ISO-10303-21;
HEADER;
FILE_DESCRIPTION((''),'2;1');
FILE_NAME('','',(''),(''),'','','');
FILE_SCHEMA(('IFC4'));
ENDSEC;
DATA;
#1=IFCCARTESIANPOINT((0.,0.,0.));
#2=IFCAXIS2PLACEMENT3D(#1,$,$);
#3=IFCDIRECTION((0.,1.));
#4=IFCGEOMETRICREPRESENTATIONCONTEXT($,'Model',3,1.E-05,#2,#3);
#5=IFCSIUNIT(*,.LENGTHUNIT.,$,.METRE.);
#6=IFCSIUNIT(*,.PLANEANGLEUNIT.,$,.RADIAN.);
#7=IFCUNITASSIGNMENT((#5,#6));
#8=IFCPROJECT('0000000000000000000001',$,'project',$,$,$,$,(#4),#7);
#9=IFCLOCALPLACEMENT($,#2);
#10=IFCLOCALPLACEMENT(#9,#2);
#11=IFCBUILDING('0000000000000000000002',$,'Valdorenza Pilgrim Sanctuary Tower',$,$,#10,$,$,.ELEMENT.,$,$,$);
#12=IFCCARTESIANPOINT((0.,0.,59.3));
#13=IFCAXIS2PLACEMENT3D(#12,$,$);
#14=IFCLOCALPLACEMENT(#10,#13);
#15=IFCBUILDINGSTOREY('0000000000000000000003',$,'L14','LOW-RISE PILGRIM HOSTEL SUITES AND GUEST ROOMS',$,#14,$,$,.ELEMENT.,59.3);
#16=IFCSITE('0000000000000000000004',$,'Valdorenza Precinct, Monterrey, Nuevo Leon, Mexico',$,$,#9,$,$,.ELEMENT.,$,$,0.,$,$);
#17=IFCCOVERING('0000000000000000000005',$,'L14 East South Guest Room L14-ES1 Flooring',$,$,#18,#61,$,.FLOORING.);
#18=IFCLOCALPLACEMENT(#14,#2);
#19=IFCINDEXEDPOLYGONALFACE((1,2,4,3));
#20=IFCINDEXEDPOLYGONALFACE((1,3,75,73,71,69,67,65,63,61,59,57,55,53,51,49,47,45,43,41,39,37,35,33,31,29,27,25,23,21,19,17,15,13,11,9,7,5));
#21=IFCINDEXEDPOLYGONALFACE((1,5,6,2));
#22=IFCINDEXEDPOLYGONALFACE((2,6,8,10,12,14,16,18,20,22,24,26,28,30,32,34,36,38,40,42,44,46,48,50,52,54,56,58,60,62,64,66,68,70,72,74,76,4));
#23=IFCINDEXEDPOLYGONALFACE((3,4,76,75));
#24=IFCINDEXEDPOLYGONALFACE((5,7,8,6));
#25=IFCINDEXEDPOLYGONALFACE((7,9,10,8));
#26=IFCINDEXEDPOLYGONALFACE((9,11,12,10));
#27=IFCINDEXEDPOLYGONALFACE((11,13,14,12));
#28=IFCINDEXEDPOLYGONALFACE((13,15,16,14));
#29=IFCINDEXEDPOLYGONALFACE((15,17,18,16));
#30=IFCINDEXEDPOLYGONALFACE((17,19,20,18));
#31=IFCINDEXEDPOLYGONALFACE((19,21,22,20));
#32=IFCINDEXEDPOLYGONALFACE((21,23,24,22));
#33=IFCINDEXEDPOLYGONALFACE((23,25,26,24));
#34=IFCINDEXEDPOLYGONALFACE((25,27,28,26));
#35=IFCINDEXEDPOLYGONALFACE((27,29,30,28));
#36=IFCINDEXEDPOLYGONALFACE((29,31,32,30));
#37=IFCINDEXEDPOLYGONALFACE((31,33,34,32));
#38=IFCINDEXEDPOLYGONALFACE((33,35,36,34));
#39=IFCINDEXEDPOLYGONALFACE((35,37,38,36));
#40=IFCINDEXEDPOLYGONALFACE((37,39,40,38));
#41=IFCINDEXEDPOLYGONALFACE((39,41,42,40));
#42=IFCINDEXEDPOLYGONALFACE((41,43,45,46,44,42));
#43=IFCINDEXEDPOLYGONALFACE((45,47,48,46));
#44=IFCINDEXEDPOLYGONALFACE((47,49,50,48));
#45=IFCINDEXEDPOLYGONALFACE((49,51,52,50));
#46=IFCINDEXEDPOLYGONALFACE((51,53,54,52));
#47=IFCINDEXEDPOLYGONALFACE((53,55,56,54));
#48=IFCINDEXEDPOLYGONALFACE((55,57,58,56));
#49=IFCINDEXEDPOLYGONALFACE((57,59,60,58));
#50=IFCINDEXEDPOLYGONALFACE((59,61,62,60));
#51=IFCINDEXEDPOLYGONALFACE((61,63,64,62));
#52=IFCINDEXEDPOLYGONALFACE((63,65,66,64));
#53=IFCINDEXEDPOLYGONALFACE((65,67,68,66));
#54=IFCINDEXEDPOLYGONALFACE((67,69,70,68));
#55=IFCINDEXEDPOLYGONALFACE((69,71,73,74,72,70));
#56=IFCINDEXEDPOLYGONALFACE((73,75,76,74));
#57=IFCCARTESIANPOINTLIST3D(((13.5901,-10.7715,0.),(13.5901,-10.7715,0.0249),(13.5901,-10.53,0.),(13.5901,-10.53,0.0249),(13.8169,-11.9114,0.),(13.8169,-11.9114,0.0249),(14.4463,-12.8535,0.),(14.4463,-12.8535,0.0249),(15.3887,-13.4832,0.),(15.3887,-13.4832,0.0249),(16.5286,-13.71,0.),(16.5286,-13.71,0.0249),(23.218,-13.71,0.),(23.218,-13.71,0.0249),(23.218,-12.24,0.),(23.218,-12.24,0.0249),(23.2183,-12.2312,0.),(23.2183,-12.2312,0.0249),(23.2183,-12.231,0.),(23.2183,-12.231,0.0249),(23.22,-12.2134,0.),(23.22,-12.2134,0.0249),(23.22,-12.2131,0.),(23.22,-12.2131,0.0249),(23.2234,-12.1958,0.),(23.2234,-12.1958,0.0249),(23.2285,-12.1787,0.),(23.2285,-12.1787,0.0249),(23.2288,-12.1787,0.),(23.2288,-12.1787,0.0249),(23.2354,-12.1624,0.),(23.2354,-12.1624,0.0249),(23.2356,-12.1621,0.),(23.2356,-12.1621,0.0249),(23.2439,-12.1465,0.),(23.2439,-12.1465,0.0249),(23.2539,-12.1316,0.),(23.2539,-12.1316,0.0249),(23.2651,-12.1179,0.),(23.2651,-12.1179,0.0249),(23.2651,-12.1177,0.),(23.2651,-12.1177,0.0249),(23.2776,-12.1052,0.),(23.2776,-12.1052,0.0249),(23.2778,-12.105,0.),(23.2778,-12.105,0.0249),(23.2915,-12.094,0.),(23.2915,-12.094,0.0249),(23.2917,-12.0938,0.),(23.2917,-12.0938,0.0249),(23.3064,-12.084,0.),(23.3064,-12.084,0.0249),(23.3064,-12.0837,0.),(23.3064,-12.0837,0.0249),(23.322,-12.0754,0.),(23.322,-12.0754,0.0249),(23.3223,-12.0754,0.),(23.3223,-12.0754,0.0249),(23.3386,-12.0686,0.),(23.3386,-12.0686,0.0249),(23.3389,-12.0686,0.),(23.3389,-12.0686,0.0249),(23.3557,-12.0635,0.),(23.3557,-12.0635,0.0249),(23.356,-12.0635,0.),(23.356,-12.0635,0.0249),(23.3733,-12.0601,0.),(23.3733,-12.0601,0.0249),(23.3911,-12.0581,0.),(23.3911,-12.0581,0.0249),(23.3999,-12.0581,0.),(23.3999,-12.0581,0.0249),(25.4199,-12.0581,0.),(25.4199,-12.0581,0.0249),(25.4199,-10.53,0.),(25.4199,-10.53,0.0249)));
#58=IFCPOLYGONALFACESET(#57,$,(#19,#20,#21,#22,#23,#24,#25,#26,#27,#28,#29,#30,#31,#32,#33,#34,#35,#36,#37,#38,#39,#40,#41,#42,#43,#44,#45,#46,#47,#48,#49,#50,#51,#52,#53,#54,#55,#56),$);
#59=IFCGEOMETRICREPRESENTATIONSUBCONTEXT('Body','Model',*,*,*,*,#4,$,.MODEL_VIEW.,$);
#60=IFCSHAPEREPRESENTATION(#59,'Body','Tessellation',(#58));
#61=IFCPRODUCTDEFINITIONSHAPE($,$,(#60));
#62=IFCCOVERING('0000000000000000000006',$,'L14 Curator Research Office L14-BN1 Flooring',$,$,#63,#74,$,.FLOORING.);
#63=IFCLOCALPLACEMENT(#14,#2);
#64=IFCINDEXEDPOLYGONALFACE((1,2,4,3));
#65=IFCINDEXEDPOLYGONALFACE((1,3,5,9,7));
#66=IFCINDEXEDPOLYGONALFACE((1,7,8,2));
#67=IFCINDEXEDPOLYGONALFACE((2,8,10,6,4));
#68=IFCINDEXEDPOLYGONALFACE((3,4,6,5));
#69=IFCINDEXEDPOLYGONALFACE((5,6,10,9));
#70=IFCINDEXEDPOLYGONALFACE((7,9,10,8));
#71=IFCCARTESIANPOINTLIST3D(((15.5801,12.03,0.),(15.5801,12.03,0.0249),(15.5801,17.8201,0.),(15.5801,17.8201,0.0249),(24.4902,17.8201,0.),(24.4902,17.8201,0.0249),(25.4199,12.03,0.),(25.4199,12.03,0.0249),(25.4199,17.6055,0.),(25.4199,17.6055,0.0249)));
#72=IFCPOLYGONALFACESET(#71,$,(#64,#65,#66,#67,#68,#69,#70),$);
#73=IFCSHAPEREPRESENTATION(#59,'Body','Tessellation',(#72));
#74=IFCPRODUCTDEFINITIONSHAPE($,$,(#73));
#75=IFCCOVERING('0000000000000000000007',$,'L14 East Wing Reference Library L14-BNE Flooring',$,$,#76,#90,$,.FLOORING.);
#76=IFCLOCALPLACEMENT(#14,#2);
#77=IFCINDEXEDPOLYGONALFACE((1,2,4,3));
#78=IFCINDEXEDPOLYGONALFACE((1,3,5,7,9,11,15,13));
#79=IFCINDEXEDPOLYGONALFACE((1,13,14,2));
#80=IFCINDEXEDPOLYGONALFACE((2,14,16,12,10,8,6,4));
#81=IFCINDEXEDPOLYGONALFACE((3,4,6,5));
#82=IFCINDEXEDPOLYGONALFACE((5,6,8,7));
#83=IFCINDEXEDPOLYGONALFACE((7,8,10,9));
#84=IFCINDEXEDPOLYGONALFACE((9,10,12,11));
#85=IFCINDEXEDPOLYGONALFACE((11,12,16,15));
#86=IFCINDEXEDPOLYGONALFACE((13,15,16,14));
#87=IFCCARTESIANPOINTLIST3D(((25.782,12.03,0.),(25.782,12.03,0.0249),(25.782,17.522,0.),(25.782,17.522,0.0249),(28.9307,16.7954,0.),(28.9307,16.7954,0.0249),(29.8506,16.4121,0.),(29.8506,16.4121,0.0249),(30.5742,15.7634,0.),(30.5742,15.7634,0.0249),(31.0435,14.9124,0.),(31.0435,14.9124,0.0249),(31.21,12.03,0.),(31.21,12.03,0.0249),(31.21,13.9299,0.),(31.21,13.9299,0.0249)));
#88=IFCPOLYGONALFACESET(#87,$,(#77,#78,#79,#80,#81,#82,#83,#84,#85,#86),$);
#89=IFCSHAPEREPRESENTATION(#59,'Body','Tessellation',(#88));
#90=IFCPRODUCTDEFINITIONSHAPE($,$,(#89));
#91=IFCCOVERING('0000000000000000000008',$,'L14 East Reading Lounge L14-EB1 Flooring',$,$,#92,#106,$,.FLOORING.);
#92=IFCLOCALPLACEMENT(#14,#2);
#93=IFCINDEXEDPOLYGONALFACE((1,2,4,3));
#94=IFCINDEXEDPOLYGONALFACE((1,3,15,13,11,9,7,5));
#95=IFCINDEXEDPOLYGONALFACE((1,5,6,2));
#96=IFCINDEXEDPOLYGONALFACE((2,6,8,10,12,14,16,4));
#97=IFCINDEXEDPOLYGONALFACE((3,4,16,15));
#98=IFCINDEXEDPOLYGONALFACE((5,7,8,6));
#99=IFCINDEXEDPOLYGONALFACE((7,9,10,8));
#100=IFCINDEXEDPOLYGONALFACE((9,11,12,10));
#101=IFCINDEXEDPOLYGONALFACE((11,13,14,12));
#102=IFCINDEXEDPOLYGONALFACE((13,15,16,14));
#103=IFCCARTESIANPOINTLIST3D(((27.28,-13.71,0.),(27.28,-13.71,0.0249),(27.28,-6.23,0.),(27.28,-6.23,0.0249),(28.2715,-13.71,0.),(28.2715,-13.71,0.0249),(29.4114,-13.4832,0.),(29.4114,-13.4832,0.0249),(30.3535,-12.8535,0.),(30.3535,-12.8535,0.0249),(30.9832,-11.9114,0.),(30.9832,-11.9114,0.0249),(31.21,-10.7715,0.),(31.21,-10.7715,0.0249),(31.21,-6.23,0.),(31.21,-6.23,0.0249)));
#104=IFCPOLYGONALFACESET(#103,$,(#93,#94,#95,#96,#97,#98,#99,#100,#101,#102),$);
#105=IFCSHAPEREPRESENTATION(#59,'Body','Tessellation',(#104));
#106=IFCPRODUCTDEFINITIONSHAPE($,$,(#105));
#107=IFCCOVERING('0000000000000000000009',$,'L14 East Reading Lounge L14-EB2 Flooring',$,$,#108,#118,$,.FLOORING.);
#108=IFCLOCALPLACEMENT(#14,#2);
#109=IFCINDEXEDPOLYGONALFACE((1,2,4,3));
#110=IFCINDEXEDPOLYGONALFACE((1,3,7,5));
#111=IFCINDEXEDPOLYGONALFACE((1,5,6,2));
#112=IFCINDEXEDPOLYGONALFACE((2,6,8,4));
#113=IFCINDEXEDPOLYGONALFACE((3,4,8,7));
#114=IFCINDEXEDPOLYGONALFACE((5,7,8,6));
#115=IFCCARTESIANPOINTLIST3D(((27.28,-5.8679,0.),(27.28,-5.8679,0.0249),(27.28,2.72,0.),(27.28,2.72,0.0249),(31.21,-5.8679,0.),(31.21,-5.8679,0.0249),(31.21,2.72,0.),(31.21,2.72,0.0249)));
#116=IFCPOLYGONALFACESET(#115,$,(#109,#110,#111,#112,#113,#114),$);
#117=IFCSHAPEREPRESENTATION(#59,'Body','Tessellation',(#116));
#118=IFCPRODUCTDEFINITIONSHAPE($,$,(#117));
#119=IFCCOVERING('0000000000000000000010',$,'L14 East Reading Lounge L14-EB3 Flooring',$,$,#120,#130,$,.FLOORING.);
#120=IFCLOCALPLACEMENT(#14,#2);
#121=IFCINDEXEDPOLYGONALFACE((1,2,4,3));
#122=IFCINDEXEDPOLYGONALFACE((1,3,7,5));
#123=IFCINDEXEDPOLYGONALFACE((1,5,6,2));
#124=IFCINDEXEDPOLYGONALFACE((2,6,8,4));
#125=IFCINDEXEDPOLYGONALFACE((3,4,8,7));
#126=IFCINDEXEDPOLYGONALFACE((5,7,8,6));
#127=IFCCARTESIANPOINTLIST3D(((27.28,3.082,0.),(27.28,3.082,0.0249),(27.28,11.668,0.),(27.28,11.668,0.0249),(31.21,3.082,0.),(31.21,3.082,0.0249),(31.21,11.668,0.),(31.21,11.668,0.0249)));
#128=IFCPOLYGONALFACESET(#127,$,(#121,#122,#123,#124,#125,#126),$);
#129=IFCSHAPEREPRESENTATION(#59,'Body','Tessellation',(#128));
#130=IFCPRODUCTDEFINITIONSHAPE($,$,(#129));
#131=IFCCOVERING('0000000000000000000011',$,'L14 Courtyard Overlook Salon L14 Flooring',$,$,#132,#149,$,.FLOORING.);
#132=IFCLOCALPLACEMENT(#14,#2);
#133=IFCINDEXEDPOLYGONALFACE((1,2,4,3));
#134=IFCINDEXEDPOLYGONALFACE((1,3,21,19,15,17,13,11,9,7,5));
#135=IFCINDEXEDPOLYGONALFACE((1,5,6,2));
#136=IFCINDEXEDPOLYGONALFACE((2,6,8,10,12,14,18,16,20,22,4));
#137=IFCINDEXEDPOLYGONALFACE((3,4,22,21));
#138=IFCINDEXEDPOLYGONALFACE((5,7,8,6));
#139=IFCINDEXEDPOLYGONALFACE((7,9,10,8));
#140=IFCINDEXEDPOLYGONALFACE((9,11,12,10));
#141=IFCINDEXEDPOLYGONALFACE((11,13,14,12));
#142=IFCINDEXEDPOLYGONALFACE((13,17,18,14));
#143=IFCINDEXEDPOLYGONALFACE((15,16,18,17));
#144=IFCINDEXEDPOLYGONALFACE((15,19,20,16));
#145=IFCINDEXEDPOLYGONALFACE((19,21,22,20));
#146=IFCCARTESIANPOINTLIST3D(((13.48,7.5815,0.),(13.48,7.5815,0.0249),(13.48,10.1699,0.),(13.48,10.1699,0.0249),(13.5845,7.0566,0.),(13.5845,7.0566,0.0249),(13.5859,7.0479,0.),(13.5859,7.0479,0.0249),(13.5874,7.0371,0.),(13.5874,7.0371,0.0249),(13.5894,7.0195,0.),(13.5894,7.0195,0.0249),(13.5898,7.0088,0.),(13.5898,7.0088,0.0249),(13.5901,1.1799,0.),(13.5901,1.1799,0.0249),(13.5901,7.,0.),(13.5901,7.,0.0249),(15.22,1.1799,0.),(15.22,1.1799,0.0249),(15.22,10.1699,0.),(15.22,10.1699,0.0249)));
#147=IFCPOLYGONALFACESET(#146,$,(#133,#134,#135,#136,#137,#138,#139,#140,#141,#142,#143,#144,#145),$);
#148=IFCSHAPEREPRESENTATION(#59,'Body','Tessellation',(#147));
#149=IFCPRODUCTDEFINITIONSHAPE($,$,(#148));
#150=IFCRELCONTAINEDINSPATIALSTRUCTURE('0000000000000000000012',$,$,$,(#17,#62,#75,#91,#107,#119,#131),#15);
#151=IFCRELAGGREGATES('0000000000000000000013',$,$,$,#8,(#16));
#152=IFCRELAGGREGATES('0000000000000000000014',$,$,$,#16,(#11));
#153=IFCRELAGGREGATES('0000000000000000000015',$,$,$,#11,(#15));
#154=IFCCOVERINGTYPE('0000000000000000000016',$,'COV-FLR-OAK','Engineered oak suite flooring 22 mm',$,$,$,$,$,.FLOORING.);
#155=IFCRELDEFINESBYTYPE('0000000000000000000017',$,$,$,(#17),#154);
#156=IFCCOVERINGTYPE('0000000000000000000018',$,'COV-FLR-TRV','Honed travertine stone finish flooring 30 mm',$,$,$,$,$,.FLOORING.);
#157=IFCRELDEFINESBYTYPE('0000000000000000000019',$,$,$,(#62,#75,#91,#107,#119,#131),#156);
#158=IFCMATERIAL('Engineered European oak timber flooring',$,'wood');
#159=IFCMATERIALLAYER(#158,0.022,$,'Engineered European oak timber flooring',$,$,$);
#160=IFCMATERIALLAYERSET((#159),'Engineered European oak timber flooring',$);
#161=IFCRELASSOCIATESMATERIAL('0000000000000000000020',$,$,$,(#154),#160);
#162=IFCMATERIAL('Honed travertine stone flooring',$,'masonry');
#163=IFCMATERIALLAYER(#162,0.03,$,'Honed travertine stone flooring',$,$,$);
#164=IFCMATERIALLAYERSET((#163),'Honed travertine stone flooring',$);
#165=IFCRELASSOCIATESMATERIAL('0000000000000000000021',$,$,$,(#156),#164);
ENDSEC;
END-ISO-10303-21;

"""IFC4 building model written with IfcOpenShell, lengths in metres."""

from ifc_helpers import new_model, si_unit, direction, frame, origin, place, context, subcontext, project, spatial, polyline, outline, extrude, material, layer, layer_set, type_object, element, save


model = new_model("IFC4")

# Units and contexts
model_context = context("Model", 3, precision=1e-05, world=origin(), true_north=direction((0.0, 1.0)))
body_context = subcontext(model_context, "Body", "Model", "MODEL_VIEW")
ifc_project = project(units=[si_unit("LENGTHUNIT", "METRE"), si_unit("PLANEANGLEUNIT", "RADIAN")], contexts=[model_context])

# Site, building, storey
site_placement = place(None, origin())
site = spatial("IfcSite", under=ifc_project, at=site_placement, Name="Valdorenza Precinct, Monterrey, Nuevo Leon, Mexico", CompositionType="ELEMENT", RefElevation=0.0)
building_placement = place(site_placement, origin())
building = spatial("IfcBuilding", under=site, at=building_placement, Name="Valdorenza Pilgrim Sanctuary Tower", CompositionType="ELEMENT")
storey_placement = place(building_placement, frame((0.0, 0.0, 59.3)))
storey = spatial("IfcBuildingStorey", under=building, at=storey_placement, Name="L14", Description="LOW-RISE PILGRIM HOSTEL SUITES AND GUEST ROOMS", CompositionType="ELEMENT", Elevation=59.3)

# Coverings
ifc_material_1 = material(Name="Engineered European oak timber flooring", Category="wood")
ifc_layer_1 = layer(ifc_material_1, 0.022, Name="Engineered European oak timber flooring")
ifc_layer_set_1 = layer_set([ifc_layer_1], Name="Engineered European oak timber flooring")
covering_type_1 = type_object("IfcCoveringType", Name="COV-FLR-OAK", Description="Engineered oak suite flooring 22 mm", PredefinedType="FLOORING", material=ifc_layer_set_1)
covering_1_placement = place(storey_placement, origin())
element("IfcCovering", 1, at=covering_1_placement, inside=storey, type_object=covering_type_1, Name="L14 East South Guest Room L14-ES1 Flooring", PredefinedType="FLOORING", context=body_context, shape_type="SweptSolid", body=[
    extrude(outline(polyline([(25.4199, -10.53), (25.4199, -12.0581), (23.3999, -12.0581), (23.3911, -12.0581), (23.3911, -12.0581), (23.3733, -12.0601), (23.3733, -12.0601), (23.356, -12.0635), (23.3557, -12.0635), (23.3389, -12.0686), (23.3386, -12.0686), (23.3223, -12.0754), (23.322, -12.0754), (23.3064, -12.0837), (23.3064, -12.084), (23.2917, -12.0938), (23.2915, -12.094), (23.2778, -12.105), (23.2776, -12.1052), (23.2651, -12.1177), (23.2651, -12.1179), (23.2539, -12.1316), (23.2539, -12.1316), (23.2439, -12.1465), (23.2439, -12.1465), (23.2356, -12.1621), (23.2354, -12.1624), (23.2288, -12.1787), (23.2285, -12.1787), (23.2234, -12.1958), (23.2234, -12.1958), (23.22, -12.2131), (23.22, -12.2134), (23.2183, -12.231), (23.2183, -12.2312), (23.218, -12.24), (23.218, -13.71), (16.5286, -13.71), (15.3887, -13.4832), (14.4463, -12.8535), (13.8169, -11.9114), (13.5901, -10.7715), (13.5901, -10.53), (25.4199, -10.53)])), origin(), (0.0, 0.0, 1.0), 0.0249),
])
ifc_material_2 = material(Name="Honed travertine stone flooring", Category="masonry")
ifc_layer_2 = layer(ifc_material_2, 0.03, Name="Honed travertine stone flooring")
ifc_layer_set_2 = layer_set([ifc_layer_2], Name="Honed travertine stone flooring")
covering_type_2 = type_object("IfcCoveringType", Name="COV-FLR-TRV", Description="Honed travertine stone finish flooring 30 mm", PredefinedType="FLOORING", material=ifc_layer_set_2)
covering_2_placement = place(storey_placement, origin())
element("IfcCovering", 2, at=covering_2_placement, inside=storey, type_object=covering_type_2, Name="L14 Curator Research Office L14-BN1 Flooring", PredefinedType="FLOORING", context=body_context, shape_type="SweptSolid", body=[
    extrude(outline(polyline([(15.5801, 12.03), (15.5801, 17.8201), (24.4902, 17.8201), (25.4199, 17.6055), (25.4199, 12.03), (15.5801, 12.03)])), origin(), (0.0, 0.0, 1.0), 0.0249),
])
covering_3_placement = place(storey_placement, origin())
element("IfcCovering", 3, at=covering_3_placement, inside=storey, type_object=covering_type_2, Name="L14 East Wing Reference Library L14-BNE Flooring", PredefinedType="FLOORING", context=body_context, shape_type="SweptSolid", body=[
    extrude(outline(polyline([(28.9307, 16.7954), (29.8506, 16.4121), (30.5742, 15.7634), (31.0435, 14.9124), (31.21, 13.9299), (31.21, 12.03), (25.782, 12.03), (25.782, 17.522), (28.9307, 16.7954)])), origin(), (0.0, 0.0, 1.0), 0.0249),
])
covering_4_placement = place(storey_placement, origin())
element("IfcCovering", 4, at=covering_4_placement, inside=storey, type_object=covering_type_2, Name="L14 East Reading Lounge L14-EB1 Flooring", PredefinedType="FLOORING", context=body_context, shape_type="SweptSolid", body=[
    extrude(outline(polyline([(31.21, -6.23), (31.21, -10.7715), (30.9832, -11.9114), (30.3535, -12.8535), (29.4114, -13.4832), (28.2715, -13.71), (27.28, -13.71), (27.28, -6.23), (31.21, -6.23)])), origin(), (0.0, 0.0, 1.0), 0.0249),
])
covering_5_placement = place(storey_placement, origin())
element("IfcCovering", 5, at=covering_5_placement, inside=storey, type_object=covering_type_2, Name="L14 East Reading Lounge L14-EB2 Flooring", PredefinedType="FLOORING", context=body_context, shape_type="SweptSolid", body=[
    extrude(outline(polyline([(27.28, 2.72), (31.21, 2.72), (31.21, -5.8679), (27.28, -5.8679), (27.28, 2.72)])), origin(), (0.0, 0.0, 1.0), 0.0249),
])
covering_6_placement = place(storey_placement, origin())
element("IfcCovering", 6, at=covering_6_placement, inside=storey, type_object=covering_type_2, Name="L14 East Reading Lounge L14-EB3 Flooring", PredefinedType="FLOORING", context=body_context, shape_type="SweptSolid", body=[
    extrude(outline(polyline([(27.28, 11.668), (31.21, 11.668), (31.21, 3.082), (27.28, 3.082), (27.28, 11.668)])), origin(), (0.0, 0.0, 1.0), 0.0249),
])
covering_7_placement = place(storey_placement, origin())
element("IfcCovering", 7, at=covering_7_placement, inside=storey, type_object=covering_type_2, Name="L14 Courtyard Overlook Salon L14 Flooring", PredefinedType="FLOORING", context=body_context, shape_type="SweptSolid", body=[
    extrude(outline(polyline([(15.22, 10.1699), (15.22, 1.1799), (13.5901, 1.1799), (13.5901, 7.0), (13.5898, 7.0088), (13.5894, 7.0195), (13.5874, 7.0371), (13.5859, 7.0479), (13.5845, 7.0566), (13.48, 7.5815), (13.48, 10.1699), (15.22, 10.1699)])), origin(), (0.0, 0.0, 1.0), 0.0249),
])

save(model, "model.ifc")
